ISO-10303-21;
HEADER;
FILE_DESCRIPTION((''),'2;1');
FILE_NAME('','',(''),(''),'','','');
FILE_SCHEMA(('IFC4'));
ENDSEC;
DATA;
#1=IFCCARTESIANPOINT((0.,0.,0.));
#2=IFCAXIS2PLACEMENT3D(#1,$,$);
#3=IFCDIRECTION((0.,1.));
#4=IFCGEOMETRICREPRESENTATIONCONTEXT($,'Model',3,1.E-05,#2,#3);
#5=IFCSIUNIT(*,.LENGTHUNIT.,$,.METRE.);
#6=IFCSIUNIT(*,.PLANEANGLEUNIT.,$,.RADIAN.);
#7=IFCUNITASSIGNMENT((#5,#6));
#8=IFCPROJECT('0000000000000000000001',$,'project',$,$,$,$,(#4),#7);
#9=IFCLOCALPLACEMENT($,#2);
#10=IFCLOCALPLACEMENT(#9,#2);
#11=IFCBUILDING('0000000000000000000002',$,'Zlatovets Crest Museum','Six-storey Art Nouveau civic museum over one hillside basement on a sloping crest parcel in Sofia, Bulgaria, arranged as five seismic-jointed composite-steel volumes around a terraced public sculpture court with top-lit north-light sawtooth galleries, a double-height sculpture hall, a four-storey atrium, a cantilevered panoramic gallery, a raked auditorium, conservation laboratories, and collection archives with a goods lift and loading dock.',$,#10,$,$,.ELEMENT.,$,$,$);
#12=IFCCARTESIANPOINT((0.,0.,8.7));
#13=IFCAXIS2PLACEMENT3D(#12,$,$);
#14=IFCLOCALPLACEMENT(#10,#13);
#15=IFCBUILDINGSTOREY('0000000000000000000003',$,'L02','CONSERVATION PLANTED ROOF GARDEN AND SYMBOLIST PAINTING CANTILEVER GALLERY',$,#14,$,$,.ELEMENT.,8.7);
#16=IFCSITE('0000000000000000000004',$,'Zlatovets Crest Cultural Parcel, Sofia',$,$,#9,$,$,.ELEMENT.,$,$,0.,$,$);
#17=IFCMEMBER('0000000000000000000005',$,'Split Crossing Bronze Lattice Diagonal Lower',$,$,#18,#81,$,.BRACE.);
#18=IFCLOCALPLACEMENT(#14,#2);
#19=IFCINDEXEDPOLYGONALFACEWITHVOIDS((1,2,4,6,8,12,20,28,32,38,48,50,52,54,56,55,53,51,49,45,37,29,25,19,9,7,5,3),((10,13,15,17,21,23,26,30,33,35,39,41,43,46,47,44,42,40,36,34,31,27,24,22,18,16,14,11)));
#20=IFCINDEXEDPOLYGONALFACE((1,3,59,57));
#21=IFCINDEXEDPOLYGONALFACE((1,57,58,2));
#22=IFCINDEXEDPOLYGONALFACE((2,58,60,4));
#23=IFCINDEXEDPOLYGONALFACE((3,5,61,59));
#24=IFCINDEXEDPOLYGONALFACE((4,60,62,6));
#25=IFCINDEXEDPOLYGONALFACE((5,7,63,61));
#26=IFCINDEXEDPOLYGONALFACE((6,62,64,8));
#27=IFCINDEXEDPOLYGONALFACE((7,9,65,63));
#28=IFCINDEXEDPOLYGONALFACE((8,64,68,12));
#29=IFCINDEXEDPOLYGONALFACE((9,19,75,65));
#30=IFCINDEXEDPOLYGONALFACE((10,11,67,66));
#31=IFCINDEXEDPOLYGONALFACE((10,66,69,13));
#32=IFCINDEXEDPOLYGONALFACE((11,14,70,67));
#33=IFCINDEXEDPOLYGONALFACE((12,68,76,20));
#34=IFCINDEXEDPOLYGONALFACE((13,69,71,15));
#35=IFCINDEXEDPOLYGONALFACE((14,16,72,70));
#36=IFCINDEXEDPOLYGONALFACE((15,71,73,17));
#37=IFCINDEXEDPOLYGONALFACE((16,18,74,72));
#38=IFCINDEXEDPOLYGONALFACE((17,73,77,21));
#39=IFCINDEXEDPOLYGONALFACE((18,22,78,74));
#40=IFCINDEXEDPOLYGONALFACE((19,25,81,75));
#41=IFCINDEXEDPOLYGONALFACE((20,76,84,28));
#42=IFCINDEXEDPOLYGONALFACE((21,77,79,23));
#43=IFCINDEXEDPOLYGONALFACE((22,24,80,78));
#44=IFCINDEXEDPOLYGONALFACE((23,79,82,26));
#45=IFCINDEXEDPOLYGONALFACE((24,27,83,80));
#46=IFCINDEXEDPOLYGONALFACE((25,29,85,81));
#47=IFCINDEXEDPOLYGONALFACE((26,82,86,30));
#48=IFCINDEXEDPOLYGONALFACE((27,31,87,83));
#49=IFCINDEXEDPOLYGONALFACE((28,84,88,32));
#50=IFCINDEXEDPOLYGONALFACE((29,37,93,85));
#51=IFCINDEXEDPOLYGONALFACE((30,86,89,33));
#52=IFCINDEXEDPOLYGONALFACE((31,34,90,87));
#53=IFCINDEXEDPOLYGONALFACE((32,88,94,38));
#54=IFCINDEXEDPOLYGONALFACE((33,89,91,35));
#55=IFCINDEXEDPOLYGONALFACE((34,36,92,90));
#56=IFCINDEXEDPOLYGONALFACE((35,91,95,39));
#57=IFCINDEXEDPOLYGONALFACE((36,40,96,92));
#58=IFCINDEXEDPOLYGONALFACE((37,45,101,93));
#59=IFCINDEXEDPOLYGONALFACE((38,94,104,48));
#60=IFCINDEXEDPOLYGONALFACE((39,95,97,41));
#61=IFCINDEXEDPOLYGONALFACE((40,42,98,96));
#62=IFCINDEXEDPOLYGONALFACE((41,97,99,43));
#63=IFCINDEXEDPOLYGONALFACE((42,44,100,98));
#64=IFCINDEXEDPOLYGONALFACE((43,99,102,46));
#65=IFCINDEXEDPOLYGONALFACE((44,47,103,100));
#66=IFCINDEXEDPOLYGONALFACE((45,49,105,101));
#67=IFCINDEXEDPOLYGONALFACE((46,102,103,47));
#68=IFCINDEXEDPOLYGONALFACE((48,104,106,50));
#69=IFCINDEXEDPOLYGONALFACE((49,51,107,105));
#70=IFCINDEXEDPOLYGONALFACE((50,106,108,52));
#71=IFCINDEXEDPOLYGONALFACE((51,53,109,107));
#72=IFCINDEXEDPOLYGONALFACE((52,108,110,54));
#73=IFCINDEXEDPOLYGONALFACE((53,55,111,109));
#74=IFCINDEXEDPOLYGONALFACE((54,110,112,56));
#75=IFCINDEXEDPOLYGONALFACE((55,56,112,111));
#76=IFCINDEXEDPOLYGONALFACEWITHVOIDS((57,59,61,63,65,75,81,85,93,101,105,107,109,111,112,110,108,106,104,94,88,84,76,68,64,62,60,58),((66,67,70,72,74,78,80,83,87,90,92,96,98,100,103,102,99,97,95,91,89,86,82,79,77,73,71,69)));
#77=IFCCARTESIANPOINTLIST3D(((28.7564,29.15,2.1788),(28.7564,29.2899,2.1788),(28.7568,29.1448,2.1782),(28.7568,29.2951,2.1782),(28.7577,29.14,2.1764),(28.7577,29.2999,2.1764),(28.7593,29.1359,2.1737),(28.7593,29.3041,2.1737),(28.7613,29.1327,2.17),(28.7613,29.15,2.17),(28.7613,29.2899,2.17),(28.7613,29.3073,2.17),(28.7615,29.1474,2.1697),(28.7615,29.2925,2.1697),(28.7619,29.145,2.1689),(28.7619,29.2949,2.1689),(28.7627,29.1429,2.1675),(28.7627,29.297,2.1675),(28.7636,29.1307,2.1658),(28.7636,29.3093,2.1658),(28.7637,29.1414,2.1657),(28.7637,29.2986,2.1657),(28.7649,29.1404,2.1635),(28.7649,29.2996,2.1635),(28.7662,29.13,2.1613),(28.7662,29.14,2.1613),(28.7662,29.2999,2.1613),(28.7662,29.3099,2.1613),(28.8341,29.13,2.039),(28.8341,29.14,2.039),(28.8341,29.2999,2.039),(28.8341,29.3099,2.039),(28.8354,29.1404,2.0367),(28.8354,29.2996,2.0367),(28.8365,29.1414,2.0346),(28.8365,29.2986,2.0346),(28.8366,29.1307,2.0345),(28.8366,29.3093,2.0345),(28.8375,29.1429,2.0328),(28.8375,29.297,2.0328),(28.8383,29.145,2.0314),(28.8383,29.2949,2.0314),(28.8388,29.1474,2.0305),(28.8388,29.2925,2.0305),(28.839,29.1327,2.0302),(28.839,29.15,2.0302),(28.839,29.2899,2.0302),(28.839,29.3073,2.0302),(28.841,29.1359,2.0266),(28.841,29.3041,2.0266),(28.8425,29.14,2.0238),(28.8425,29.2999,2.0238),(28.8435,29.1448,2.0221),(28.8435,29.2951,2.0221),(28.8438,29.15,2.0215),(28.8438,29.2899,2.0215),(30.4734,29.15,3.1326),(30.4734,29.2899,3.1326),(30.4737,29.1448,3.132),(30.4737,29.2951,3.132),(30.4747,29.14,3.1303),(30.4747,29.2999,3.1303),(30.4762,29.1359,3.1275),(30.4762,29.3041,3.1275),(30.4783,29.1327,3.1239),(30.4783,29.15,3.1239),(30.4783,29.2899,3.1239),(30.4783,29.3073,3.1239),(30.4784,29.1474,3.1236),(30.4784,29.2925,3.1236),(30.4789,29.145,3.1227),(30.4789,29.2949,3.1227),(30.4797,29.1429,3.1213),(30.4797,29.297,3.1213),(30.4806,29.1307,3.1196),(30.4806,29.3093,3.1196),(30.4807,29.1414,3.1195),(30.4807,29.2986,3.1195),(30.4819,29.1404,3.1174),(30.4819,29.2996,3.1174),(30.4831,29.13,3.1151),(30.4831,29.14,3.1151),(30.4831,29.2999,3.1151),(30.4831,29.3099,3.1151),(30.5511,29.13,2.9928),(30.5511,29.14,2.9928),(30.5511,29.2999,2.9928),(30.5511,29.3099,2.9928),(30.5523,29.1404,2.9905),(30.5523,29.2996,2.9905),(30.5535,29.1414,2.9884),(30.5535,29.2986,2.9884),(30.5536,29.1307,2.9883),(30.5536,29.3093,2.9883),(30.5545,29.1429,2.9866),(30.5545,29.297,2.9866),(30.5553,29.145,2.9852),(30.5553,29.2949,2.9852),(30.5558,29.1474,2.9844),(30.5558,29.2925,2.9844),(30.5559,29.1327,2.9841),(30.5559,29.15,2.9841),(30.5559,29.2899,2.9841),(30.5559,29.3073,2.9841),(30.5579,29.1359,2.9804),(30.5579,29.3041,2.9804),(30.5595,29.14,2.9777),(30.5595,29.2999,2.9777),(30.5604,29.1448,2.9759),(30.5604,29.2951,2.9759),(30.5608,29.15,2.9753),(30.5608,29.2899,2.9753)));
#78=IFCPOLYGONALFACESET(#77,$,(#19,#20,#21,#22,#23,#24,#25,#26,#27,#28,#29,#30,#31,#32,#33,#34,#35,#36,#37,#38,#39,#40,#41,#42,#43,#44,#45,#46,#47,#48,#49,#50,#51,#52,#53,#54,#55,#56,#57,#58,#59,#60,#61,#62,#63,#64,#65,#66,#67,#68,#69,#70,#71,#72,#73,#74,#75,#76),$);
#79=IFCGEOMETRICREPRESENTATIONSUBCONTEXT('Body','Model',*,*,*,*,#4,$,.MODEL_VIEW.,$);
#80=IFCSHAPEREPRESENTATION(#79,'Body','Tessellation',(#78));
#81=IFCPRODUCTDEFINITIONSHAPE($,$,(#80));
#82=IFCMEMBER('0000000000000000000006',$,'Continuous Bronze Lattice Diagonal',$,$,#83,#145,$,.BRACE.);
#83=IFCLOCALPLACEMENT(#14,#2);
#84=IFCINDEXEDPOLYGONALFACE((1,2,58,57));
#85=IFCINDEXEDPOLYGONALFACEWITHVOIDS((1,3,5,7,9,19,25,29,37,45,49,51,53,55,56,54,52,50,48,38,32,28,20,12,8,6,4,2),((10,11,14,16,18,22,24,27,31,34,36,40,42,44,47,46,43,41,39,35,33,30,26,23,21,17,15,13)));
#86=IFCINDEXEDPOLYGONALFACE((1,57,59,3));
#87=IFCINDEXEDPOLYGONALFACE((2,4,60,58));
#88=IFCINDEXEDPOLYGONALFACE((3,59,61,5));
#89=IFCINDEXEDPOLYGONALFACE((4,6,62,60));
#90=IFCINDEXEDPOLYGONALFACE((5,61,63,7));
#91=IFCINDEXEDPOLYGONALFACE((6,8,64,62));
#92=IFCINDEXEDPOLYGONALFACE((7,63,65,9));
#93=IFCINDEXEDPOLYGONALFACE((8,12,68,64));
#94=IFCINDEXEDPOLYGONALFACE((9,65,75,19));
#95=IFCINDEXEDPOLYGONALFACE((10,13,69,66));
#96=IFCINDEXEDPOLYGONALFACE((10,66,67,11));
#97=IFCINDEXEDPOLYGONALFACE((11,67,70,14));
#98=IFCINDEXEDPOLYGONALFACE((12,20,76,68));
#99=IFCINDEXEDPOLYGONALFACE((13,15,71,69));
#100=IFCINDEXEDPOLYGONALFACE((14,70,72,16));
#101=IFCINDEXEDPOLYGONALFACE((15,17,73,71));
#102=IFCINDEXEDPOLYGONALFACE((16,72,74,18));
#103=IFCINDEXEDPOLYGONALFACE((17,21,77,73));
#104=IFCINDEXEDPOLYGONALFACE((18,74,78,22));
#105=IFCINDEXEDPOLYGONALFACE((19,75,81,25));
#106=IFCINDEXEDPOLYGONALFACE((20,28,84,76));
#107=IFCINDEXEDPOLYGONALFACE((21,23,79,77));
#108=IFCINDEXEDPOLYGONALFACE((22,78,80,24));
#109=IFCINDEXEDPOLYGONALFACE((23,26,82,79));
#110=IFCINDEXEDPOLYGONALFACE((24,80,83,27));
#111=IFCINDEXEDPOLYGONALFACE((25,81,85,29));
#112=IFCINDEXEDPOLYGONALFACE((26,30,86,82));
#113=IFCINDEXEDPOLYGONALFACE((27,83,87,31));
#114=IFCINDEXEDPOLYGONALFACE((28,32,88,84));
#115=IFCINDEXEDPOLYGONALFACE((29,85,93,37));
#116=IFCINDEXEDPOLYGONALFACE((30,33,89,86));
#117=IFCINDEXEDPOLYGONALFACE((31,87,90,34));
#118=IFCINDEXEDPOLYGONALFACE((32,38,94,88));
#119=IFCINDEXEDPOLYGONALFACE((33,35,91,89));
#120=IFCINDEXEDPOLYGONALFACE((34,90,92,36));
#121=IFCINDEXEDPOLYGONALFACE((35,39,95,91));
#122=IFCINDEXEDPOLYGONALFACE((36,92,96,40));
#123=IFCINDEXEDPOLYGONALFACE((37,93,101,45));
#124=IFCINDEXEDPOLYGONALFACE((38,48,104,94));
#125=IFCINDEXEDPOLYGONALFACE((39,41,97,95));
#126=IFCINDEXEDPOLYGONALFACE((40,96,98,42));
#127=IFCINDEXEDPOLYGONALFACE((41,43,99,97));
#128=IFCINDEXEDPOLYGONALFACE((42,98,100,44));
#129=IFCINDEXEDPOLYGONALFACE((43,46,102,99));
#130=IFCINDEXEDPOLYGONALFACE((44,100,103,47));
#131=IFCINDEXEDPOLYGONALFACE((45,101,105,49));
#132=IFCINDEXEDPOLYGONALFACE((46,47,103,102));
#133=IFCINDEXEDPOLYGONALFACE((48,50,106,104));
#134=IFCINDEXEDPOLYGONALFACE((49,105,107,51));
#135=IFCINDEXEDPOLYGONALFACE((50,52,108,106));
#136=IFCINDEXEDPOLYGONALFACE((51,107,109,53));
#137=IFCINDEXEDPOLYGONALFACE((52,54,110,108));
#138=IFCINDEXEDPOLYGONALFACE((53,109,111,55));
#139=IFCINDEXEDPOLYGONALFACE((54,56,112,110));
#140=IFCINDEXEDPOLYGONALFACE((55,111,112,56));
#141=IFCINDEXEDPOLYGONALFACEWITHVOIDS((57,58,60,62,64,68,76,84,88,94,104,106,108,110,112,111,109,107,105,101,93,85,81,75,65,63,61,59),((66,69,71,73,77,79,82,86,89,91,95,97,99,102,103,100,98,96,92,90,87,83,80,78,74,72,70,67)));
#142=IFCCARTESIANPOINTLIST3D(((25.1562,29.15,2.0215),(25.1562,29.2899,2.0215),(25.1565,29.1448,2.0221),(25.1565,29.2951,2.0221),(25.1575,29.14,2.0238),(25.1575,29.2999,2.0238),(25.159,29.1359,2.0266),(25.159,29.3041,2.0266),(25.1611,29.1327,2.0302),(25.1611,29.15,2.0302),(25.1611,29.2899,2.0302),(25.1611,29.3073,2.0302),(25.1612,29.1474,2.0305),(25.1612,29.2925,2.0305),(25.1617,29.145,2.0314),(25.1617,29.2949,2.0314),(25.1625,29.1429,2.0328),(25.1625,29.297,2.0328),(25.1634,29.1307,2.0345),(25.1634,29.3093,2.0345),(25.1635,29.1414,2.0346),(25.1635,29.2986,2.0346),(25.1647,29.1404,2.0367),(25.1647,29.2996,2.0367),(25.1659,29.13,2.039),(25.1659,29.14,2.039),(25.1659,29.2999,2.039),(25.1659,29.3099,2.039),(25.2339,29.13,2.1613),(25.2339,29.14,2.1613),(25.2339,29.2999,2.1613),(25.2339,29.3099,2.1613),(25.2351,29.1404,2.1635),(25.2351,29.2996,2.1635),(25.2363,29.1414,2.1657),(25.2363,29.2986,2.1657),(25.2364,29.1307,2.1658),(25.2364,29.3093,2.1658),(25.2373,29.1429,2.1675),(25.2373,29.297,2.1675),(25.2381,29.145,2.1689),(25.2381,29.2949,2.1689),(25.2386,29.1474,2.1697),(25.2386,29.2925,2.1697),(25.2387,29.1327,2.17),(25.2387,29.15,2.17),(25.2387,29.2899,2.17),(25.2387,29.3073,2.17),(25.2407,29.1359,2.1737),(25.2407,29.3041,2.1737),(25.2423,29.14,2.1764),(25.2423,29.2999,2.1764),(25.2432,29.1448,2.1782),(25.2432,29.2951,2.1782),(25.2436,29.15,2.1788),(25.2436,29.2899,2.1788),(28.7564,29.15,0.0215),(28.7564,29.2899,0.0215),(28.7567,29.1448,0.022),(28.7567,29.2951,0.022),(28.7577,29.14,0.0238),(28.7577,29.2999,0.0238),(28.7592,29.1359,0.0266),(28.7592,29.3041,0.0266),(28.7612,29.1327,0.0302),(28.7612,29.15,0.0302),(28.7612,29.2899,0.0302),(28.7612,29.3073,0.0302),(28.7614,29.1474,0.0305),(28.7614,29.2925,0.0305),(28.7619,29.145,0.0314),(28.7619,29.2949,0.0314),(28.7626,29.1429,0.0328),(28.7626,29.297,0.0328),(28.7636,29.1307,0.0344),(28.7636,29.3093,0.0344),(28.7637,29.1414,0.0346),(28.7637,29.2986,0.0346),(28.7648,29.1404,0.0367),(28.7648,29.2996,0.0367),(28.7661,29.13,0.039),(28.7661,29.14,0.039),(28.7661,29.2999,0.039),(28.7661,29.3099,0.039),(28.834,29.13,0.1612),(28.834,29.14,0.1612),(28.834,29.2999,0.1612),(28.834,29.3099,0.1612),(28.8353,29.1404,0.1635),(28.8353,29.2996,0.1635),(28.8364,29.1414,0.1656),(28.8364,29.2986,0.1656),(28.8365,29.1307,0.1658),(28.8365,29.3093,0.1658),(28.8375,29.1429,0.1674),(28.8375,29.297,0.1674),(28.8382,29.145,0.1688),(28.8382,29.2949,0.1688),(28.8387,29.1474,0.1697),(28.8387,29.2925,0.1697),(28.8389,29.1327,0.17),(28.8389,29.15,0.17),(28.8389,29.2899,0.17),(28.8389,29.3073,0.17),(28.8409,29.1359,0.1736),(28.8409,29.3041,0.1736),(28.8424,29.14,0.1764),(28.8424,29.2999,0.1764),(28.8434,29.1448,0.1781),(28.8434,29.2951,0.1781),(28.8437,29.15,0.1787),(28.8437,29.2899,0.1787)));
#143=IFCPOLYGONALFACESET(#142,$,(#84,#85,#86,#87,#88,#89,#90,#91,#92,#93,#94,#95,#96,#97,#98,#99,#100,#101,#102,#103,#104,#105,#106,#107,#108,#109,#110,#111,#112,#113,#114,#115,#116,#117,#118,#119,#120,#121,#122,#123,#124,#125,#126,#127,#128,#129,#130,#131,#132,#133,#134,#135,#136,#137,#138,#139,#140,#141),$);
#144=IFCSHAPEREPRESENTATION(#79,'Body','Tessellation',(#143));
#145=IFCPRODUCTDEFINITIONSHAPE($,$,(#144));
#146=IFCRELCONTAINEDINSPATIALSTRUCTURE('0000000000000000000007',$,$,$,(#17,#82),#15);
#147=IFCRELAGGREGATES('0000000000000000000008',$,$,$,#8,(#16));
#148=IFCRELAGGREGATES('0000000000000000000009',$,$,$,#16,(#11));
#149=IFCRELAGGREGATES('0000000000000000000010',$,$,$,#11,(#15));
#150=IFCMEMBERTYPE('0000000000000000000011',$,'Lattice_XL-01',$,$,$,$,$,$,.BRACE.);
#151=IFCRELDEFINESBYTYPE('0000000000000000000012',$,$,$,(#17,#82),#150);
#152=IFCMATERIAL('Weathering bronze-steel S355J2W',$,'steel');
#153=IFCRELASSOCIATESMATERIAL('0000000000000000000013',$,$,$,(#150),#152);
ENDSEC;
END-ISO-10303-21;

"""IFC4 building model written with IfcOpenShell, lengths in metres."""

from ifc_helpers import new_model, si_unit, direction, frame, origin, origin_2d, place, context, subcontext, project, spatial, hollow_rectangle, extrude, material, material_profile, profile_set, type_object, element, save


model = new_model("IFC4")

# Units and contexts
model_context = context("Model", 3, precision=1e-05, world=origin(), true_north=direction((0.0, 1.0)))
body_context = subcontext(model_context, "Body", "Model", "MODEL_VIEW")
ifc_project = project(units=[si_unit("LENGTHUNIT", "METRE"), si_unit("PLANEANGLEUNIT", "RADIAN")], contexts=[model_context])

# Site, building, storey
site_placement = place(None, origin())
site = spatial("IfcSite", under=ifc_project, at=site_placement, Name="Zlatovets Crest Cultural Parcel, Sofia", CompositionType="ELEMENT", RefElevation=0.0)
building_placement = place(site_placement, origin())
building = spatial("IfcBuilding", under=site, at=building_placement, Name="Zlatovets Crest Museum", Description="Six-storey Art Nouveau civic museum over one hillside basement on a sloping crest parcel in Sofia, Bulgaria, arranged as five seismic-jointed composite-steel volumes around a terraced public sculpture court with top-lit north-light sawtooth galleries, a double-height sculpture hall, a four-storey atrium, a cantilevered panoramic gallery, a raked auditorium, conservation laboratories, and collection archives with a goods lift and loading dock.", CompositionType="ELEMENT")
storey_placement = place(building_placement, frame((0.0, 0.0, 8.7)))
storey = spatial("IfcBuildingStorey", under=building, at=storey_placement, Name="L02", Description="CONSERVATION PLANTED ROOF GARDEN AND SYMBOLIST PAINTING CANTILEVER GALLERY", CompositionType="ELEMENT", Elevation=8.7)

# Members
ifc_material_1 = material(Name="Weathering bronze-steel S355J2W", Category="steel")
ifc_material_profile_1 = material_profile(ifc_material_1, hollow_rectangle(XDim=0.1799, YDim=0.1799, WallThickness=0.01, InnerFilletRadius=0.01, OuterFilletRadius=0.02, at=origin_2d()), Name="SHS 180x180x10.0")
ifc_profile_set_1 = profile_set([ifc_material_profile_1], Name="Weathering bronze-steel S355J2W")
member_type_1 = type_object("IfcMemberType", Name="Lattice_XL-01", PredefinedType="BRACE", material=ifc_profile_set_1)
member_1_placement = place(storey_placement, frame((30.5171, 29.22, 3.054), z_axis=(-0.874169, 0.0, -0.485622), x_axis=(0.0, -1.0, 0.0)))
element("IfcMember", 1, at=member_1_placement, inside=storey, type_object=member_type_1, Name="Split Crossing Bronze Lattice Diagonal Lower", PredefinedType="BRACE", context=body_context, shape_type="SweptSolid", body=[
    extrude(hollow_rectangle(XDim=0.1799, YDim=0.1799, WallThickness=0.01, InnerFilletRadius=0.01, OuterFilletRadius=0.02, at=origin_2d()), origin(), (0.0, 0.0, 1.0), 1.9641),
])
member_2_placement = place(storey_placement, frame((28.8, 29.22, 0.1001), z_axis=(-0.874163, 0.0, 0.485633), x_axis=(0.0, -1.0, 0.0)))
element("IfcMember", 2, at=member_2_placement, inside=storey, type_object=member_type_1, Name="Continuous Bronze Lattice Diagonal", PredefinedType="BRACE", context=body_context, shape_type="SweptSolid", body=[
    extrude(hollow_rectangle(XDim=0.1799, YDim=0.1799, WallThickness=0.01, InnerFilletRadius=0.01, OuterFilletRadius=0.02, at=origin_2d()), origin(), (0.0, 0.0, 1.0), 4.1184),
])

save(model, "model.ifc")
